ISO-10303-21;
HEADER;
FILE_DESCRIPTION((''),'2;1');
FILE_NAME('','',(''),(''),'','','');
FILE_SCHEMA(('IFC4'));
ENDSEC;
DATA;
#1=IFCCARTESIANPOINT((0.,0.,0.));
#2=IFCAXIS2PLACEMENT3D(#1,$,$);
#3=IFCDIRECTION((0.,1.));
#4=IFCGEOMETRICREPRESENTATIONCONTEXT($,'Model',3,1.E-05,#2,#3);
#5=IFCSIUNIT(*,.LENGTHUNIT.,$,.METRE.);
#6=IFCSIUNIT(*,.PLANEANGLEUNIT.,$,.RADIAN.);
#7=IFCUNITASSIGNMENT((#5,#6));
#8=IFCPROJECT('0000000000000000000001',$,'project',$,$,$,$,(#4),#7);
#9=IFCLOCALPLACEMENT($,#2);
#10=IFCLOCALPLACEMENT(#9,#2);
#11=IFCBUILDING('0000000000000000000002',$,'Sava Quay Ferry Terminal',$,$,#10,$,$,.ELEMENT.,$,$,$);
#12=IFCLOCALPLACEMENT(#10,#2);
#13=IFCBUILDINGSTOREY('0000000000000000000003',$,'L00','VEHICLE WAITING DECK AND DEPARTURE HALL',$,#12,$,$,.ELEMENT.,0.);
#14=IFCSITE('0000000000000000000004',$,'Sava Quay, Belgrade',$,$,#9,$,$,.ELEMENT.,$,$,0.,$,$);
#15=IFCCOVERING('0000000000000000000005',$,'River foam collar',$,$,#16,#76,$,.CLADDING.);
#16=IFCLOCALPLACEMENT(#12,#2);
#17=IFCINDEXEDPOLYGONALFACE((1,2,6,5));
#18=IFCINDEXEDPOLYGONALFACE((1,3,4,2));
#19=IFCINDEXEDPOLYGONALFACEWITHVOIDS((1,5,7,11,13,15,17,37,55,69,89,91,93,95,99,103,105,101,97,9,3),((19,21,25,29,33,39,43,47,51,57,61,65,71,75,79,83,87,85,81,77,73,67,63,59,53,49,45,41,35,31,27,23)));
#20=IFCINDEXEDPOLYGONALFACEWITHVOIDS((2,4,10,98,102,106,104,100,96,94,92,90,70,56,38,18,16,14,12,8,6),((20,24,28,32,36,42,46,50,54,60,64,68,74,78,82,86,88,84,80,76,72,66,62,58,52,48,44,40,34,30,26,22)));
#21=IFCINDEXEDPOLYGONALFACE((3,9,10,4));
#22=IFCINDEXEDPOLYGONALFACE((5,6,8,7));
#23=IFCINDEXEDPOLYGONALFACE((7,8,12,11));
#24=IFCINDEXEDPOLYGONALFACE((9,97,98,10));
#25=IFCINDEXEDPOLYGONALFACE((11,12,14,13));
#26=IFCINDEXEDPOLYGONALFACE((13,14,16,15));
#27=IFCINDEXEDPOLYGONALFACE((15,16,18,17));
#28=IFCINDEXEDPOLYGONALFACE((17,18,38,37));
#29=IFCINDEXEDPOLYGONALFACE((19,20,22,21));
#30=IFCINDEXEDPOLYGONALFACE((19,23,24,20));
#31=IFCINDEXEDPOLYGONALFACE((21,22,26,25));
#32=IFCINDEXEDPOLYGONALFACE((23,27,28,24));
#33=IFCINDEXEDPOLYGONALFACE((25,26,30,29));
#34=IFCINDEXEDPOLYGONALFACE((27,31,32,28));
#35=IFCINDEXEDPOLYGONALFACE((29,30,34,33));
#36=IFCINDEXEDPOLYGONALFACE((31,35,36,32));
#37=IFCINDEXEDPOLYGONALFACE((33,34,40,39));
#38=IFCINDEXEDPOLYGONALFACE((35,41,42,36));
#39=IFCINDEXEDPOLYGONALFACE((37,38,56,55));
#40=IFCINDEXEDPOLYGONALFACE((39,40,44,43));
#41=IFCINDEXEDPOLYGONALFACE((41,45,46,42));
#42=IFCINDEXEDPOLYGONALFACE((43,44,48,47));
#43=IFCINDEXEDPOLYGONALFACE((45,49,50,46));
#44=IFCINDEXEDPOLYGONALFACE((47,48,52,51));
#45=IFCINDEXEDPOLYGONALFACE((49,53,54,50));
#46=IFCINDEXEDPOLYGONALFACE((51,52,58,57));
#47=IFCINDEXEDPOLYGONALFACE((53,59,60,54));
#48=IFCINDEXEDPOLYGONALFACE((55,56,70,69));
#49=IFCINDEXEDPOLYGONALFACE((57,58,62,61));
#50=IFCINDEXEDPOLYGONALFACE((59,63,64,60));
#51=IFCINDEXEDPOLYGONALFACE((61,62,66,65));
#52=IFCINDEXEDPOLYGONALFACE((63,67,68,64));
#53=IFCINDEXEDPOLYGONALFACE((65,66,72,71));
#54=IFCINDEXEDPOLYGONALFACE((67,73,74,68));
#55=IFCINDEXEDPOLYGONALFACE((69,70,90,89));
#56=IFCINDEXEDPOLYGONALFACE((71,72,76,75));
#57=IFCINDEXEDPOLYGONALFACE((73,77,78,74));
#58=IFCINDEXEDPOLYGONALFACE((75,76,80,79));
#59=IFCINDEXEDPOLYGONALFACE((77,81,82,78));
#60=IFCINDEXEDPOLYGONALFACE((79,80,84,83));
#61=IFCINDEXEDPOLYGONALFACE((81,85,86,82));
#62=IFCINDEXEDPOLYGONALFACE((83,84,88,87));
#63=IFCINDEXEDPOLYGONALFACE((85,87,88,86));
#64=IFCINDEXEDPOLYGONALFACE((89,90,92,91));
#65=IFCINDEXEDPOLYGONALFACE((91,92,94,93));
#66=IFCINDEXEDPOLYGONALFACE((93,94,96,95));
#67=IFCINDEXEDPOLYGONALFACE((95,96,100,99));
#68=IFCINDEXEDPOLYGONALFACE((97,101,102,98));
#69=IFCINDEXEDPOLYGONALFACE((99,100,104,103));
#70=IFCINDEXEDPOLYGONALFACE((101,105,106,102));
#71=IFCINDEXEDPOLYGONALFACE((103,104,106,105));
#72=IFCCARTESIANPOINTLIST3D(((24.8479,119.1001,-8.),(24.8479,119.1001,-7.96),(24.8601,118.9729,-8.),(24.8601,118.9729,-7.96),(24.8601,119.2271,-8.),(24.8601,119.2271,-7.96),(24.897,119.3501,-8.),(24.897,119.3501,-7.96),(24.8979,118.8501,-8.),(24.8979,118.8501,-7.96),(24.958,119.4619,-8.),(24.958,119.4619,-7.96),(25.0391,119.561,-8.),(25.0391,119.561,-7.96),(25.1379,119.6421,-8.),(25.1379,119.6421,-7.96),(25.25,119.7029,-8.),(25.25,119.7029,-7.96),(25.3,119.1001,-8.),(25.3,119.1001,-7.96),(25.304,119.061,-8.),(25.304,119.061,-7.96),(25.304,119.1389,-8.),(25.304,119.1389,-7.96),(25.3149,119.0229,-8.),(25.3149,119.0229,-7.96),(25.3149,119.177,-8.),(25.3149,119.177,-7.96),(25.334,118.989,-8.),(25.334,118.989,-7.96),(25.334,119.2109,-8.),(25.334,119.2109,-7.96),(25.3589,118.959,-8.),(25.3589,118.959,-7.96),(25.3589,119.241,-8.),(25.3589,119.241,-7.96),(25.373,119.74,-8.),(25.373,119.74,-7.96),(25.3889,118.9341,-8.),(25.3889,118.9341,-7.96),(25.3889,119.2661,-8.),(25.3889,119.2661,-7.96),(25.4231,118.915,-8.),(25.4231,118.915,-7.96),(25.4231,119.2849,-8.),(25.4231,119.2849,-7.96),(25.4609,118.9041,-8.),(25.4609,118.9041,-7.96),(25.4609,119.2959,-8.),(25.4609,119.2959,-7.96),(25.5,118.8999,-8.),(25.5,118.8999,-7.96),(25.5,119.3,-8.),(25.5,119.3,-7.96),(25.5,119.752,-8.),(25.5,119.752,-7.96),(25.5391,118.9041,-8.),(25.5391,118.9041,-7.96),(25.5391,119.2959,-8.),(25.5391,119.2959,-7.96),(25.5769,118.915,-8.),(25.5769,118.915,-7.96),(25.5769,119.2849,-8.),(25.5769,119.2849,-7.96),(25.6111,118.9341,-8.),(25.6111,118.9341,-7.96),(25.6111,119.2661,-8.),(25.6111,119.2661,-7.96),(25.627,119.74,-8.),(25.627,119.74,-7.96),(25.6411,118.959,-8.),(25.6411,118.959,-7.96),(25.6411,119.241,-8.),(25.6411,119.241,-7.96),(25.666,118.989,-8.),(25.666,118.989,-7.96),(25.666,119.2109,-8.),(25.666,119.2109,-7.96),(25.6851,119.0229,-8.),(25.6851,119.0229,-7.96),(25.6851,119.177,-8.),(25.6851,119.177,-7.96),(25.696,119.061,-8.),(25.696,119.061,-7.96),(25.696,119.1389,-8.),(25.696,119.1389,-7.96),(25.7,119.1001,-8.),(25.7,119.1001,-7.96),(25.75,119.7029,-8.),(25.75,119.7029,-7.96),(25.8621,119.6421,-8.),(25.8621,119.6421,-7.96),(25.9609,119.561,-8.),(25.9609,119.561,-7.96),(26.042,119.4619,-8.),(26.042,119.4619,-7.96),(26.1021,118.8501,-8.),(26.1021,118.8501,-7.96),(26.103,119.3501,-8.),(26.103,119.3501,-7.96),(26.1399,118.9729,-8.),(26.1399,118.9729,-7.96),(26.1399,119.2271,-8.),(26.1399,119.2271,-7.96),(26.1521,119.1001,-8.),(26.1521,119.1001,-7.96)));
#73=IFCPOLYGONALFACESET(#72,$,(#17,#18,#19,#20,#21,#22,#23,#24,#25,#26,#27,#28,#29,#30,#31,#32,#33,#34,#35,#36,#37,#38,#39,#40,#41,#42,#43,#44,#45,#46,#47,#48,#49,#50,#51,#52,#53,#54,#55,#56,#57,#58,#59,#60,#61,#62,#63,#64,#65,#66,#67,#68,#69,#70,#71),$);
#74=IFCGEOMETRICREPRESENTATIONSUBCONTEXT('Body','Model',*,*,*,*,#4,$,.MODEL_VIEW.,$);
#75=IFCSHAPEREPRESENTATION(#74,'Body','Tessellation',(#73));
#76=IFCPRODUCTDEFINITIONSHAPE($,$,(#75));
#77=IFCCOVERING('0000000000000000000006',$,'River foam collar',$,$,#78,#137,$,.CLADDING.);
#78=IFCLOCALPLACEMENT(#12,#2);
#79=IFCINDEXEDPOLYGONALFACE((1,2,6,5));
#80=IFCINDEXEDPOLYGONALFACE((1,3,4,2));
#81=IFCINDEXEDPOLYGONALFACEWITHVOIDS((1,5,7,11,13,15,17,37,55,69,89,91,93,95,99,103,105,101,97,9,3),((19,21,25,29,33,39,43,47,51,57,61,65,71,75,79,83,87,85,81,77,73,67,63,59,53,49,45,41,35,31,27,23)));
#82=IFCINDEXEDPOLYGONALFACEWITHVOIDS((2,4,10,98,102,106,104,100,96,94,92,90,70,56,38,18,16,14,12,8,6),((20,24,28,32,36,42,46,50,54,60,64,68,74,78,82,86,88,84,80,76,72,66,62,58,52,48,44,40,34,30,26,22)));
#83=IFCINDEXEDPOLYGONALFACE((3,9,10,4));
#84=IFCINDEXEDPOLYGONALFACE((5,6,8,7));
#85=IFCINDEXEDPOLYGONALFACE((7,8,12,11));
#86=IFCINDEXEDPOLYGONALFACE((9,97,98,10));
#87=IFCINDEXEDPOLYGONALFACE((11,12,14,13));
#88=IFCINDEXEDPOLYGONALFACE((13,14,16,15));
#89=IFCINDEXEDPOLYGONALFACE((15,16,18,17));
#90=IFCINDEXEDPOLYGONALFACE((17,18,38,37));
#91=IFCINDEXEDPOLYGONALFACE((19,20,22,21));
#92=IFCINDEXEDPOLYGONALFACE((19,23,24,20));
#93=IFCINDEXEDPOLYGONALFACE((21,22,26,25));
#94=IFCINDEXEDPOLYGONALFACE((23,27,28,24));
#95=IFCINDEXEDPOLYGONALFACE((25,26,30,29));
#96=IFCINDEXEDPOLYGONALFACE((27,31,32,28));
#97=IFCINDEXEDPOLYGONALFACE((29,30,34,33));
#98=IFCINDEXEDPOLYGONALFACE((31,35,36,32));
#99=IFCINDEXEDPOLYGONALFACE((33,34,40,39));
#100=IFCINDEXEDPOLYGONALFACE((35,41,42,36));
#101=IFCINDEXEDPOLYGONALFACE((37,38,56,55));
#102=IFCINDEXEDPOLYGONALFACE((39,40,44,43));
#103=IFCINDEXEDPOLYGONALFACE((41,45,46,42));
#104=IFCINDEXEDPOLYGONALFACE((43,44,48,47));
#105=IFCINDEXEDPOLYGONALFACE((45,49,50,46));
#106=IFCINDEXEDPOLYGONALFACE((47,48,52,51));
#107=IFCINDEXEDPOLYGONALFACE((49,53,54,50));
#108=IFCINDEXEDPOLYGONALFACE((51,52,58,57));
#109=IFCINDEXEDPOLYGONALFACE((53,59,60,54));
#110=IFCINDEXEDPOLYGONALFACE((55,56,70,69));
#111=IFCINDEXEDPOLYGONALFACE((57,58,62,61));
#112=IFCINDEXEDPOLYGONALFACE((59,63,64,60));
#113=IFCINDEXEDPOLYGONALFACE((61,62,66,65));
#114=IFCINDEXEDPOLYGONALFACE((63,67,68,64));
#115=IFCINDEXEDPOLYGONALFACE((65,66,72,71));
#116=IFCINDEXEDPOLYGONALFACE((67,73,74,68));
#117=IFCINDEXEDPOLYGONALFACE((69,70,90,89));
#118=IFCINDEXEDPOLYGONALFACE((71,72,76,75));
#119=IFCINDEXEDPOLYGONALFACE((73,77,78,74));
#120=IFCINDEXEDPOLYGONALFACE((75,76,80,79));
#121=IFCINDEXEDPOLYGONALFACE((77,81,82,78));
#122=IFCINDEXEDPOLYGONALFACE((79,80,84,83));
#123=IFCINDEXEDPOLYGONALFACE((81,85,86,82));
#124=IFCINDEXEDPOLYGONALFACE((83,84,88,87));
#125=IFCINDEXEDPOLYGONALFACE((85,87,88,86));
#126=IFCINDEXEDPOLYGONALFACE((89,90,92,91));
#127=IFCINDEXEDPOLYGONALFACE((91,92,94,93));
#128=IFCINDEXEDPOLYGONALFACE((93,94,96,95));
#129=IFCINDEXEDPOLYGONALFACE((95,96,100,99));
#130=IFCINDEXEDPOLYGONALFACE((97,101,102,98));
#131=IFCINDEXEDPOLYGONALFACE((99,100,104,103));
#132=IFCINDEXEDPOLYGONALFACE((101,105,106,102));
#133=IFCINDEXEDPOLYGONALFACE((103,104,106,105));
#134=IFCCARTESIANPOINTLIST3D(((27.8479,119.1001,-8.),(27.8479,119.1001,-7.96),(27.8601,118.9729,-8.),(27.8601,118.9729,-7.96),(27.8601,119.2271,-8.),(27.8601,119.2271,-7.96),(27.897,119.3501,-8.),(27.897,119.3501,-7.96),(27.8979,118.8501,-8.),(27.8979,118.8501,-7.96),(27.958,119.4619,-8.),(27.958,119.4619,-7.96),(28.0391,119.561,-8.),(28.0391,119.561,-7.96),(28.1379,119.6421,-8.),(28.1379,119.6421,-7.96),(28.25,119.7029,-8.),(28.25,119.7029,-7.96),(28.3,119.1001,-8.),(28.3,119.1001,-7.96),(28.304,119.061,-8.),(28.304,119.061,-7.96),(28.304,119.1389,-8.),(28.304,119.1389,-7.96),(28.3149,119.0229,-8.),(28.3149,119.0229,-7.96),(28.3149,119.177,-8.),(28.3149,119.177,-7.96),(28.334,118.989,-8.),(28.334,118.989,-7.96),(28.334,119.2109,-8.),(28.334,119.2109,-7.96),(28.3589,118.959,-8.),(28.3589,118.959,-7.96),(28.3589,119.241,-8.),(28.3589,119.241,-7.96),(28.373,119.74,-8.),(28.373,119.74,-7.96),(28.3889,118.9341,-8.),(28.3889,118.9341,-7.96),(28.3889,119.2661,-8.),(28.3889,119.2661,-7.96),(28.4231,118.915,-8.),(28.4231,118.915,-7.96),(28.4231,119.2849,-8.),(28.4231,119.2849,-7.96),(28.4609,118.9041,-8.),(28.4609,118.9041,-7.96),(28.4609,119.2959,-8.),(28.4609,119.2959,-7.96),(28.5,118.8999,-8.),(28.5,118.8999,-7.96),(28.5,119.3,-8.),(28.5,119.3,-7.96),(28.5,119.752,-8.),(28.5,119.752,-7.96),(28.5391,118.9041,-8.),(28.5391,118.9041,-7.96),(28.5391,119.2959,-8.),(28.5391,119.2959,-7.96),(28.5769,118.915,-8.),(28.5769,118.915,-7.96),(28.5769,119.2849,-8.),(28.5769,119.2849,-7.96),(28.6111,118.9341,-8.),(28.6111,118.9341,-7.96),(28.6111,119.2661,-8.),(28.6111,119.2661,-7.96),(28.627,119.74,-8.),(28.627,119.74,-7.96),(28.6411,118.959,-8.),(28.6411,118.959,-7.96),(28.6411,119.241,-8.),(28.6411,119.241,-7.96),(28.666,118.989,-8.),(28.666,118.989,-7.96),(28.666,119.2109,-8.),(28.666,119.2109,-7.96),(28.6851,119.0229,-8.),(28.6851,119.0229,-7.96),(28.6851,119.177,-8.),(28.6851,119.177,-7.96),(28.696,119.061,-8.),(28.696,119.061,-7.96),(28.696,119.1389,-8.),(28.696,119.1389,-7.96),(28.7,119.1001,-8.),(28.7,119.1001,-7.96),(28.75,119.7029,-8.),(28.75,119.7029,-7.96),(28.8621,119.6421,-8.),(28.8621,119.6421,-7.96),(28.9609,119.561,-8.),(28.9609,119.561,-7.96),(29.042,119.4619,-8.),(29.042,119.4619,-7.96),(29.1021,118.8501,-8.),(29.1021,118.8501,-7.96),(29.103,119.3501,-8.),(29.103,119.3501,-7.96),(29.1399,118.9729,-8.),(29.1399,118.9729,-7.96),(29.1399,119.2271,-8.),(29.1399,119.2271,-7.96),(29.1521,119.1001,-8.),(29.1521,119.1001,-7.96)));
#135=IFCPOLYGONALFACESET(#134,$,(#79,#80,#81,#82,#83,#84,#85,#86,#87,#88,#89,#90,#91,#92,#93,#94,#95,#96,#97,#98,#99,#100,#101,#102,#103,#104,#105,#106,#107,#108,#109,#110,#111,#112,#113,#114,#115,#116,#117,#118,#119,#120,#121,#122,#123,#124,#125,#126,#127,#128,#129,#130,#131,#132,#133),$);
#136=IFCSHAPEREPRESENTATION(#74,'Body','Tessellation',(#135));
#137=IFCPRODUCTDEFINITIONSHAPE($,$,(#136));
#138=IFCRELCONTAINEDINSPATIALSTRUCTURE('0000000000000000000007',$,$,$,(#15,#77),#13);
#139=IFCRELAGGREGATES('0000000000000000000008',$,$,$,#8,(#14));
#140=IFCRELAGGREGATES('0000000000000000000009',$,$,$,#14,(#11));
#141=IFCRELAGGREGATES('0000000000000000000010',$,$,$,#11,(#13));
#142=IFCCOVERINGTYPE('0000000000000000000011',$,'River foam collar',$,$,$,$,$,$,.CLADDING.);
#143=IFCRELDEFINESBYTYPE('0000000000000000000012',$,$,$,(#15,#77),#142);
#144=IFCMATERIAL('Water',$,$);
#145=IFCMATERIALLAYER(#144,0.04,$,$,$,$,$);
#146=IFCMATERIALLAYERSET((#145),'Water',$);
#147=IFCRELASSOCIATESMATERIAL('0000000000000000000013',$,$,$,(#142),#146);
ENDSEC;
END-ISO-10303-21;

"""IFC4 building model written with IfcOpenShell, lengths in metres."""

from ifc_helpers import new_model, si_unit, direction, frame, origin, place, context, subcontext, project, spatial, polyline, outline, extrude, material, layer, layer_set, type_object, element, save


model = new_model("IFC4")

# Units and contexts
model_context = context("Model", 3, precision=1e-05, world=origin(), true_north=direction((0.0, 1.0)))
body_context = subcontext(model_context, "Body", "Model", "MODEL_VIEW")
ifc_project = project(units=[si_unit("LENGTHUNIT", "METRE"), si_unit("PLANEANGLEUNIT", "RADIAN")], contexts=[model_context])

# Site, building, storey
site_placement = place(None, origin())
site = spatial("IfcSite", under=ifc_project, at=site_placement, Name="Sava Quay, Belgrade", CompositionType="ELEMENT", RefElevation=0.0)
building_placement = place(site_placement, origin())
building = spatial("IfcBuilding", under=site, at=building_placement, Name="Sava Quay Ferry Terminal", CompositionType="ELEMENT")
storey_placement = place(building_placement, origin())
storey = spatial("IfcBuildingStorey", under=building, at=storey_placement, Name="L00", Description="VEHICLE WAITING DECK AND DEPARTURE HALL", CompositionType="ELEMENT", Elevation=0.0)

# Coverings
ifc_material = material(Name="Water")
ifc_layer = layer(ifc_material, 0.04)
ifc_layer_set = layer_set([ifc_layer], Name="Water")
covering_type = type_object("IfcCoveringType", Name="River foam collar", PredefinedType="CLADDING", material=ifc_layer_set)
covering_1_placement = place(storey_placement, frame((0.0, 0.0, -8.0)))
element("IfcCovering", 1, at=covering_1_placement, inside=storey, type_object=covering_type, Name="River foam collar", PredefinedType="CLADDING", context=body_context, shape_type="SweptSolid", body=[
    extrude(outline(polyline([(25.0391, 119.561), (24.958, 119.4619), (24.897, 119.3501), (24.8601, 119.2271), (24.8479, 119.1001), (24.8601, 118.9729), (24.8979, 118.8501), (26.1021, 118.8501), (26.1399, 118.9729), (26.1521, 119.1001), (26.1399, 119.2271), (26.103, 119.3501), (26.042, 119.4619), (25.9609, 119.561), (25.8621, 119.6421), (25.75, 119.7029), (25.627, 119.74), (25.5, 119.752), (25.373, 119.74), (25.25, 119.7029), (25.1379, 119.6421), (25.0391, 119.561)]), holes=[polyline([(25.5391, 119.2959), (25.5769, 119.2849), (25.6111, 119.2661), (25.6411, 119.241), (25.666, 119.2109), (25.6851, 119.177), (25.696, 119.1389), (25.7, 119.1001), (25.696, 119.061), (25.6851, 119.0229), (25.666, 118.989), (25.6411, 118.959), (25.6111, 118.9341), (25.5769, 118.915), (25.5391, 118.9041), (25.5, 118.8999), (25.4609, 118.9041), (25.4231, 118.915), (25.3889, 118.9341), (25.3589, 118.959), (25.334, 118.989), (25.3149, 119.0229), (25.304, 119.061), (25.3, 119.1001), (25.304, 119.1389), (25.3149, 119.177), (25.334, 119.2109), (25.3589, 119.241), (25.3889, 119.2661), (25.4231, 119.2849), (25.4609, 119.2959), (25.5, 119.3), (25.5391, 119.2959)])]), origin(), (0.0, 0.0, 1.0), 0.04),
])
covering_2_placement = place(storey_placement, frame((0.0, 0.0, -8.0)))
element("IfcCovering", 2, at=covering_2_placement, inside=storey, type_object=covering_type, Name="River foam collar", PredefinedType="CLADDING", context=body_context, shape_type="SweptSolid", body=[
    extrude(outline(polyline([(28.1379, 119.6421), (28.0391, 119.561), (27.958, 119.4619), (27.897, 119.3501), (27.8601, 119.2271), (27.8479, 119.1001), (27.8601, 118.9729), (27.8979, 118.8501), (29.1021, 118.8501), (29.1399, 118.9729), (29.1521, 119.1001), (29.1399, 119.2271), (29.103, 119.3501), (29.042, 119.4619), (28.9609, 119.561), (28.8621, 119.6421), (28.75, 119.7029), (28.627, 119.74), (28.5, 119.752), (28.373, 119.74), (28.25, 119.7029), (28.1379, 119.6421)]), holes=[polyline([(28.5, 119.3), (28.5391, 119.2959), (28.5769, 119.2849), (28.6111, 119.2661), (28.6411, 119.241), (28.666, 119.2109), (28.6851, 119.177), (28.696, 119.1389), (28.7, 119.1001), (28.696, 119.061), (28.6851, 119.0229), (28.666, 118.989), (28.6411, 118.959), (28.6111, 118.9341), (28.5769, 118.915), (28.5391, 118.9041), (28.5, 118.8999), (28.4609, 118.9041), (28.4231, 118.915), (28.3889, 118.9341), (28.3589, 118.959), (28.334, 118.989), (28.3149, 119.0229), (28.304, 119.061), (28.3, 119.1001), (28.304, 119.1389), (28.3149, 119.177), (28.334, 119.2109), (28.3589, 119.241), (28.3889, 119.2661), (28.4231, 119.2849), (28.4609, 119.2959), (28.5, 119.3)])]), origin(), (0.0, 0.0, 1.0), 0.04),
])

save(model, "model.ifc")
